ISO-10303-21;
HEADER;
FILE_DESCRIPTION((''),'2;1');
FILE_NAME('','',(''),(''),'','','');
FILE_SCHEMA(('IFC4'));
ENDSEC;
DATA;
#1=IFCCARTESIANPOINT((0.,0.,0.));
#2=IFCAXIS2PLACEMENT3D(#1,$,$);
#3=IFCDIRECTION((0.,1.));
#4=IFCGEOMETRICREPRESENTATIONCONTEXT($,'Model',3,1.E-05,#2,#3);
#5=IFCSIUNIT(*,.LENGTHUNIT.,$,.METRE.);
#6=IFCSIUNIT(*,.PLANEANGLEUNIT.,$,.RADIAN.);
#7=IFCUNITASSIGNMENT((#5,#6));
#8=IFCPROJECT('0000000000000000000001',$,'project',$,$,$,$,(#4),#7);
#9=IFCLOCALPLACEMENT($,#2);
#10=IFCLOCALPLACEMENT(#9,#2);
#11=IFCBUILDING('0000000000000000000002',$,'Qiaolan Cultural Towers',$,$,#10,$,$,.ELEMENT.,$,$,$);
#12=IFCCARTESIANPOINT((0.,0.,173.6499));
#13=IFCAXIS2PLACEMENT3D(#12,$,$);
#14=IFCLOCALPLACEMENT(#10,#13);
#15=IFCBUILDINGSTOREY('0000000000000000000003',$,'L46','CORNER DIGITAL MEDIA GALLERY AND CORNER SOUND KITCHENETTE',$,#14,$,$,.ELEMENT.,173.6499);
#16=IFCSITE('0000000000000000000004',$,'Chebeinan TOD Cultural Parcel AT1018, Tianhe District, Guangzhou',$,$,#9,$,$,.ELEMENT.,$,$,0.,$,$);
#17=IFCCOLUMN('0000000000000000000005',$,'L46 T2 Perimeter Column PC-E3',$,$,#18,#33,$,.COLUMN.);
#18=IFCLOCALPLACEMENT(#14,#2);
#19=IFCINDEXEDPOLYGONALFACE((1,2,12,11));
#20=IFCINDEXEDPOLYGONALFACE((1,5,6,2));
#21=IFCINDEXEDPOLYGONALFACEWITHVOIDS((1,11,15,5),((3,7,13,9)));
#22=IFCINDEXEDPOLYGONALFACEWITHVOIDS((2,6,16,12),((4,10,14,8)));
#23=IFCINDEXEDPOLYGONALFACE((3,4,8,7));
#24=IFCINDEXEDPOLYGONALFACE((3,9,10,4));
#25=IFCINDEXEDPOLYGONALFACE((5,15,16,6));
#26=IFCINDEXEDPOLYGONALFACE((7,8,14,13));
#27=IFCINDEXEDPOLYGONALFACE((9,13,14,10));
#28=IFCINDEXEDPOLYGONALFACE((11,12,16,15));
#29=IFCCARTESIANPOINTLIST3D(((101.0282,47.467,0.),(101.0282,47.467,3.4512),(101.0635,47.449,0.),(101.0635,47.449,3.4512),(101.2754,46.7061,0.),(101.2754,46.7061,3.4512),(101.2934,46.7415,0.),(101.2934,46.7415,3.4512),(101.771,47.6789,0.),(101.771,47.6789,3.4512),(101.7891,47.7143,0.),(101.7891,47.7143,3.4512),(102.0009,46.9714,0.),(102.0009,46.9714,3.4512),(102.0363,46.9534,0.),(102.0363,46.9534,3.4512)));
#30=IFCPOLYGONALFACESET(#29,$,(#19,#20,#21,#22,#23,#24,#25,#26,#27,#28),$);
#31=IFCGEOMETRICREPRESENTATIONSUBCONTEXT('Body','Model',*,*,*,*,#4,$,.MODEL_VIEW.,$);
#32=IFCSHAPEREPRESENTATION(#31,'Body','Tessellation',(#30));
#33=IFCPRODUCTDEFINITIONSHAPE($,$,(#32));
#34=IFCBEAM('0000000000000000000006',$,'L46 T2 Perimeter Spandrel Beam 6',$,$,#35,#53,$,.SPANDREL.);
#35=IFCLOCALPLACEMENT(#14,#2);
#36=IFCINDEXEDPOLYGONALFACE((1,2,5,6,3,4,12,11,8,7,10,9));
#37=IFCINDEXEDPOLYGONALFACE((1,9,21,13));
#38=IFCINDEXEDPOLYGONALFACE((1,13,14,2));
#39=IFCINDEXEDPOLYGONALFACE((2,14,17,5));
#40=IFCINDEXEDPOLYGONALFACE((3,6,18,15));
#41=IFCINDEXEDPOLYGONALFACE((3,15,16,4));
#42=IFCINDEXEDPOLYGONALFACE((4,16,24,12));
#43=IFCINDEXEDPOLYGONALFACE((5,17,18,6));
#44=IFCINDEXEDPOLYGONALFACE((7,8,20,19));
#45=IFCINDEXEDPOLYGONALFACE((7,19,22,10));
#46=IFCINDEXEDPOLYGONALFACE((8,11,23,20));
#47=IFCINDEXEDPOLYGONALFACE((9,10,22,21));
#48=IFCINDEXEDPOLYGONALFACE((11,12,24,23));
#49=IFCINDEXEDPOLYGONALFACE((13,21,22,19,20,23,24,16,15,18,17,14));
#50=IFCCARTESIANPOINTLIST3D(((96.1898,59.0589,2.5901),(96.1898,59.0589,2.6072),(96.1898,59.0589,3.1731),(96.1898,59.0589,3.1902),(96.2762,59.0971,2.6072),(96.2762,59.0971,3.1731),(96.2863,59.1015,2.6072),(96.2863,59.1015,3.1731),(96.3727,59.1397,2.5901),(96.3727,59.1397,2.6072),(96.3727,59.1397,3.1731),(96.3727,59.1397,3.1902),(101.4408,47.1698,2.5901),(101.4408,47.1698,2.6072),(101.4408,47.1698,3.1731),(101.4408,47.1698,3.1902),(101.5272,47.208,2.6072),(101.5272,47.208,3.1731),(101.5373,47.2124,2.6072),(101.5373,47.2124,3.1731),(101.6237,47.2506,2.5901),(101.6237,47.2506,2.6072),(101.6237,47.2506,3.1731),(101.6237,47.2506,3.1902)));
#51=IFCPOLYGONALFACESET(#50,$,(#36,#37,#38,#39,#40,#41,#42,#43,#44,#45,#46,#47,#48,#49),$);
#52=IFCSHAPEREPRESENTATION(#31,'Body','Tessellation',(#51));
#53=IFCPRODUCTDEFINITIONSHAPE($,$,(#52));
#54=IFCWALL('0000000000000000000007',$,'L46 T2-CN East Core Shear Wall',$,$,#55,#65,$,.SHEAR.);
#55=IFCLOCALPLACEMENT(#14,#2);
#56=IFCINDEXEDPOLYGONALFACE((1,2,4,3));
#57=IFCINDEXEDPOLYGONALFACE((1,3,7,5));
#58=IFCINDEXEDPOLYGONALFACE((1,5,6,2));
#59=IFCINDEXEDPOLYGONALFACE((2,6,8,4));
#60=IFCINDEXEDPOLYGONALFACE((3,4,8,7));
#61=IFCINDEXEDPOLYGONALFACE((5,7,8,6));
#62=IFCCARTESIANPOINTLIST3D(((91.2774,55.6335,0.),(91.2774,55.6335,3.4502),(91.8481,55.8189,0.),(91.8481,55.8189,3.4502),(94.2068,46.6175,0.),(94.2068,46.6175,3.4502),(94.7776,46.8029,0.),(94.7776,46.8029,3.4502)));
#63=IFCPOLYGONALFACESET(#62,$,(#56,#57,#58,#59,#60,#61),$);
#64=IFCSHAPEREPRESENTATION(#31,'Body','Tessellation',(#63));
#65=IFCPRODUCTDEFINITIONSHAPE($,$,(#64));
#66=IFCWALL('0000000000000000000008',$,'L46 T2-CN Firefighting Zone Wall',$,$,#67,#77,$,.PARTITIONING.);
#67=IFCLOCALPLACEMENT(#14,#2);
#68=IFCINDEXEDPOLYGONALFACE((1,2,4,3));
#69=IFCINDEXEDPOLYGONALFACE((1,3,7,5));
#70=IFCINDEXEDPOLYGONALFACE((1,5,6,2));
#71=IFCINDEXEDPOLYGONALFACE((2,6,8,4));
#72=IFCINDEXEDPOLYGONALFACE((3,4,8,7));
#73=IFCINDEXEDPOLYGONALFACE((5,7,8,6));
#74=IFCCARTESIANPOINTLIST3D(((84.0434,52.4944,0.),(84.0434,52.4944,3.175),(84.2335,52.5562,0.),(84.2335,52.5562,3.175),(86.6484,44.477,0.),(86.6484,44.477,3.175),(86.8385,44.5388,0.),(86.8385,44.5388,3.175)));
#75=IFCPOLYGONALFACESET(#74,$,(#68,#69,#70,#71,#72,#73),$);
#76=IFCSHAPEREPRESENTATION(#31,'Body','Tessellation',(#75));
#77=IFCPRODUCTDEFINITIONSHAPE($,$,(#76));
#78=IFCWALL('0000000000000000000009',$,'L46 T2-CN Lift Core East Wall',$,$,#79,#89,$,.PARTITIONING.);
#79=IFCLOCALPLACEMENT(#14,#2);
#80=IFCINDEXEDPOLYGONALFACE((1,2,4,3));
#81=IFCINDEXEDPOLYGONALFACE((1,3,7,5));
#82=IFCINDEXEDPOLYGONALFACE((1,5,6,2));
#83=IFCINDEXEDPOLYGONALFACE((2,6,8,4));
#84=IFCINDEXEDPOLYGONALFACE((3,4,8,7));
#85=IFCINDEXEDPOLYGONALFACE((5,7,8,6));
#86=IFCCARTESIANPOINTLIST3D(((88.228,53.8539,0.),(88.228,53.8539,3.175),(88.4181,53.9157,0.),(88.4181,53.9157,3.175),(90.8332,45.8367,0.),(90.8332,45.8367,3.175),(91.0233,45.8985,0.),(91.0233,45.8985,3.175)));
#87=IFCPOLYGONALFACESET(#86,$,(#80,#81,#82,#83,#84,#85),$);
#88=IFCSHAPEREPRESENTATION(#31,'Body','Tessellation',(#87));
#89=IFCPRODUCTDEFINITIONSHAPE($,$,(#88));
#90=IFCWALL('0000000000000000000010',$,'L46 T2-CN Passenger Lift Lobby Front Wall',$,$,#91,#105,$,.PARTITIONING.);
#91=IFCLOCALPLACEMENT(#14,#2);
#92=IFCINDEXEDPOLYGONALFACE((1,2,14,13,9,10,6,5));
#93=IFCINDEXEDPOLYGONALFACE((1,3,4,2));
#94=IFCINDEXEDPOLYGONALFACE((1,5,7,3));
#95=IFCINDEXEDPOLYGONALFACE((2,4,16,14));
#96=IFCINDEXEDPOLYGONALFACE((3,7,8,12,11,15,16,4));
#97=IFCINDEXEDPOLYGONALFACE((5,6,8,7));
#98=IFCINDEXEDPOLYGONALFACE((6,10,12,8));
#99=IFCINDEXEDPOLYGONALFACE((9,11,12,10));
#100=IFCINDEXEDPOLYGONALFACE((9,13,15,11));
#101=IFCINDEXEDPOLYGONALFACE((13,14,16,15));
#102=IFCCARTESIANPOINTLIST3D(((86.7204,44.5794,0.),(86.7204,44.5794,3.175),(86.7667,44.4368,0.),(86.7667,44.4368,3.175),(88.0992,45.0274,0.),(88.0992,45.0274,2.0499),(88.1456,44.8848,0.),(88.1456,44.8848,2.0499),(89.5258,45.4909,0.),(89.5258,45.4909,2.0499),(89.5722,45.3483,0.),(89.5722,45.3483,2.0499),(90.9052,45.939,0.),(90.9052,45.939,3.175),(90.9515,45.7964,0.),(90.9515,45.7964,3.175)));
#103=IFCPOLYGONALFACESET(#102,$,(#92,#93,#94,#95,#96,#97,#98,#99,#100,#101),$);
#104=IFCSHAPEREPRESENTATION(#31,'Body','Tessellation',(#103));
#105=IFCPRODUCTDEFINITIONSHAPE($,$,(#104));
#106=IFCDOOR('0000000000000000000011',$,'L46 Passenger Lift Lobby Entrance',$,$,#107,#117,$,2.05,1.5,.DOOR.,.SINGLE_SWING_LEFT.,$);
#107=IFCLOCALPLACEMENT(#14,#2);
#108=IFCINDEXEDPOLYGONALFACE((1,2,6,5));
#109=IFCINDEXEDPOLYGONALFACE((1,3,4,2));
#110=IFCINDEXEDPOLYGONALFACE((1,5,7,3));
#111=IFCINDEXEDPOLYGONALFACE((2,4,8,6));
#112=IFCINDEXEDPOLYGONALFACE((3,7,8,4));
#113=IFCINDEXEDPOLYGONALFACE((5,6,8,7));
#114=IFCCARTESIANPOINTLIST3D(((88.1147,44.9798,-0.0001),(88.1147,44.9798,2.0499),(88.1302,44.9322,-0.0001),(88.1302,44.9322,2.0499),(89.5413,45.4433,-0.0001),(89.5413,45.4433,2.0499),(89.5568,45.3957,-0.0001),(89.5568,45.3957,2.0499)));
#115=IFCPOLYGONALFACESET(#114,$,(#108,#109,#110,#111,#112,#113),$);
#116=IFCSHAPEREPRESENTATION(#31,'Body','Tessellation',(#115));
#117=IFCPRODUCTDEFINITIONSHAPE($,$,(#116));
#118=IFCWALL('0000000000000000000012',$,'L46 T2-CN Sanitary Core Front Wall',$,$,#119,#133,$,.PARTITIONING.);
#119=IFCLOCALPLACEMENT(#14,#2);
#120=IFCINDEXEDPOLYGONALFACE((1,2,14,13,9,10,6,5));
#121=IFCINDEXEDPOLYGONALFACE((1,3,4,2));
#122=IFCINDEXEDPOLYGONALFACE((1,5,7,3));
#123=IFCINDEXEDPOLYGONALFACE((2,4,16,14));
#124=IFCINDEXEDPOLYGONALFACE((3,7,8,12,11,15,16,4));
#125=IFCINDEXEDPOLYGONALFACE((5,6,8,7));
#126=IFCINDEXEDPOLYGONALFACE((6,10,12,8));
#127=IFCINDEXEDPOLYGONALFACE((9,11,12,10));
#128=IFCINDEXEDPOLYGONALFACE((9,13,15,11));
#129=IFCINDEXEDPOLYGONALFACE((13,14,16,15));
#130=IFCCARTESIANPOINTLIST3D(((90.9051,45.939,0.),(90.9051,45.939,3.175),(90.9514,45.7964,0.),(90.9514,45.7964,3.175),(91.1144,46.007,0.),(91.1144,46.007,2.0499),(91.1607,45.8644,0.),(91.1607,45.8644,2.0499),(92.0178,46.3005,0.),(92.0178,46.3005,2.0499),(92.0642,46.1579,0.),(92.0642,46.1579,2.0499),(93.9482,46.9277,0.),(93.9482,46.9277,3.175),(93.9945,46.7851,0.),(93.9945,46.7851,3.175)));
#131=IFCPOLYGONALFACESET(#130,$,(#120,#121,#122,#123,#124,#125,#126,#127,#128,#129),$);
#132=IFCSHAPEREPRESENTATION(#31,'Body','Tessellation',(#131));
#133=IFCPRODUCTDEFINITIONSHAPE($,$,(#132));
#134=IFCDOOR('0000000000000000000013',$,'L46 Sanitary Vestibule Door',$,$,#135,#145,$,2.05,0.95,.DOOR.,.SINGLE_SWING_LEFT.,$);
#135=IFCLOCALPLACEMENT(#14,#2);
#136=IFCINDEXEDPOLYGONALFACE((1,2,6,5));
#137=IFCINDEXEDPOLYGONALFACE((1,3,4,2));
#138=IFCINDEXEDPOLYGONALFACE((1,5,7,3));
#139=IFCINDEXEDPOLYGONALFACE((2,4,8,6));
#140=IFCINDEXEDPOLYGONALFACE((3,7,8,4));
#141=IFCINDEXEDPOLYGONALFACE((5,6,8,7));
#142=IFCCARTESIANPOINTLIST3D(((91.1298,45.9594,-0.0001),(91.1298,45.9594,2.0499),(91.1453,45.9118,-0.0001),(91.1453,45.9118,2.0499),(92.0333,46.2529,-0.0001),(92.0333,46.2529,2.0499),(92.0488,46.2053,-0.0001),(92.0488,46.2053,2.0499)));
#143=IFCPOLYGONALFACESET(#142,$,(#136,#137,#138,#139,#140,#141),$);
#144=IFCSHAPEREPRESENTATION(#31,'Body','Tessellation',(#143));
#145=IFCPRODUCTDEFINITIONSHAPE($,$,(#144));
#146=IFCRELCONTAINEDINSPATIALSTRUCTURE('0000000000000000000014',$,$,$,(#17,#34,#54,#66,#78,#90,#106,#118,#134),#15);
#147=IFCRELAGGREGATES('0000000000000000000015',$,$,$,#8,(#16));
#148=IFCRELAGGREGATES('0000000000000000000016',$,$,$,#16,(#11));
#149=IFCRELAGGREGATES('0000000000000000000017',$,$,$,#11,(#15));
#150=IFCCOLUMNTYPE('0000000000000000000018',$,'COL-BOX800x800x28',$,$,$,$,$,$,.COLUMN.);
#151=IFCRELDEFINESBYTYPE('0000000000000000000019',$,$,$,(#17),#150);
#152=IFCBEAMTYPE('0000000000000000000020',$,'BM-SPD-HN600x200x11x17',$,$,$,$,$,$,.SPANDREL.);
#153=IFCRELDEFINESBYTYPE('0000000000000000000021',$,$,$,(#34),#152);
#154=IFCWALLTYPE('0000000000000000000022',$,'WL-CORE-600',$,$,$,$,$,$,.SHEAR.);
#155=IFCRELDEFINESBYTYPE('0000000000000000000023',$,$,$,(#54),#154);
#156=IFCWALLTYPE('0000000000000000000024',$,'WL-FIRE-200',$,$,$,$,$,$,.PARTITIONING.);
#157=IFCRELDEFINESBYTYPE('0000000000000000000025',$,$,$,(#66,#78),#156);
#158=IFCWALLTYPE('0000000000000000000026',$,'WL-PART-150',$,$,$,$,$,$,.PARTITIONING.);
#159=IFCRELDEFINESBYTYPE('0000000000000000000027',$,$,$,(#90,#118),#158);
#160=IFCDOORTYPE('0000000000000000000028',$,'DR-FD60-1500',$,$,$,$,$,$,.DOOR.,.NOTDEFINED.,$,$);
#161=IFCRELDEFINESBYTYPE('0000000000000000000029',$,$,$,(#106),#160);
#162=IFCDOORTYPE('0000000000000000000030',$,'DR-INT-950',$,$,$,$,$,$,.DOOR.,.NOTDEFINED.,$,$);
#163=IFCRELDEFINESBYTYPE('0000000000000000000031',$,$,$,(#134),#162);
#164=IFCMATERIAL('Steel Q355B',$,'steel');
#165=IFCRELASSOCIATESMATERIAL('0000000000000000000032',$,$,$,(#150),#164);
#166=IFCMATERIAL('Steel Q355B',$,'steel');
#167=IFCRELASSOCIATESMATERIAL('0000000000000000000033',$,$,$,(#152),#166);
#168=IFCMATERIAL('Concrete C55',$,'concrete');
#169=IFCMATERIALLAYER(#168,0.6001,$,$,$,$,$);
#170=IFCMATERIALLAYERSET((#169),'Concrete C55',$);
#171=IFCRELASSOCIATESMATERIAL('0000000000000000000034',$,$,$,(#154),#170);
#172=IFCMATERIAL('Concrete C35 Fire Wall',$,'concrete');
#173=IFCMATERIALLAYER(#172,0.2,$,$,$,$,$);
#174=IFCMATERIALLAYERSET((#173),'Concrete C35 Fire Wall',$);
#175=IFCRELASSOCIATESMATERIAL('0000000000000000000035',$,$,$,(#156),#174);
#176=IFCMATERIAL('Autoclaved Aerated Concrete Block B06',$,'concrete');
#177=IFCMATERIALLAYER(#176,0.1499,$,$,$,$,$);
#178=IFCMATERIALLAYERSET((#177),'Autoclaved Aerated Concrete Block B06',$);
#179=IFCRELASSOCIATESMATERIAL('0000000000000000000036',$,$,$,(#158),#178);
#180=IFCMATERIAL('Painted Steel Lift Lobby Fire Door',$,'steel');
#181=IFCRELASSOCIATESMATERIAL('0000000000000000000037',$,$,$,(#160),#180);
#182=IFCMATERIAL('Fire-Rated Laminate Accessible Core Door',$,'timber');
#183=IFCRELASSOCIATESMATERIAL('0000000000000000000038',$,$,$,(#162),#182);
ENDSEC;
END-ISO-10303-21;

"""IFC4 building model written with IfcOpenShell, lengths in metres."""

from ifc_helpers import new_model, si_unit, direction, frame, frame_2d, origin, origin_2d, place, context, subcontext, project, spatial, rectangle, hollow_rectangle, i_section, extrude, material, layer, layer_set, material_profile, profile_set, type_object, element, fill, save


model = new_model("IFC4")

# Units and contexts
model_context = context("Model", 3, precision=1e-05, world=origin(), true_north=direction((0.0, 1.0)))
body_context = subcontext(model_context, "Body", "Model", "MODEL_VIEW")
ifc_project = project(units=[si_unit("LENGTHUNIT", "METRE"), si_unit("PLANEANGLEUNIT", "RADIAN")], contexts=[model_context])

# Site, building, storey
site_placement = place(None, origin())
site = spatial("IfcSite", under=ifc_project, at=site_placement, Name="Chebeinan TOD Cultural Parcel AT1018, Tianhe District, Guangzhou", CompositionType="ELEMENT", RefElevation=0.0)
building_placement = place(site_placement, origin())
building = spatial("IfcBuilding", under=site, at=building_placement, Name="Qiaolan Cultural Towers", CompositionType="ELEMENT")
storey_placement = place(building_placement, frame((0.0, 0.0, 173.6499)))
storey = spatial("IfcBuildingStorey", under=building, at=storey_placement, Name="L46", Description="CORNER DIGITAL MEDIA GALLERY AND CORNER SOUND KITCHENETTE", CompositionType="ELEMENT", Elevation=173.6499)

# Column
ifc_material_1 = material(Name="Steel Q355B", Category="steel")
ifc_material_profile_1 = material_profile(ifc_material_1, hollow_rectangle(XDim=0.8, YDim=0.8, WallThickness=0.0281, at=origin_2d()), Name="BOX800x800x28")
ifc_profile_set_1 = profile_set([ifc_material_profile_1], Name="Steel Q355B")
column_type = type_object("IfcColumnType", Name="COL-BOX800x800x28", PredefinedType="COLUMN", material=ifc_profile_set_1)
column_placement = place(storey_placement, frame((101.5322, 47.2102, 0.0), z_axis=(0.0, 0.0, 1.0), x_axis=(0.951057, 0.309017, 0.0)))
element("IfcColumn", 1, at=column_placement, inside=storey, type_object=column_type, Name="L46 T2 Perimeter Column PC-E3", PredefinedType="COLUMN", context=body_context, shape_type="SweptSolid", body=[
    extrude(hollow_rectangle(XDim=0.8, YDim=0.8, WallThickness=0.0281, at=origin_2d()), origin(), (0.0, 0.0, 1.0), 3.4512),
])

# Beam
ifc_material_2 = material(Name="Steel Q355B", Category="steel")
ifc_material_profile_2 = material_profile(ifc_material_2, i_section(OverallWidth=0.2, OverallDepth=0.6001, WebThickness=0.011, FlangeThickness=0.0171, at=origin_2d()), Name="HN600x200x11x17")
ifc_profile_set_2 = profile_set([ifc_material_profile_2], Name="Steel Q355B")
beam_type = type_object("IfcBeamType", Name="BM-SPD-HN600x200x11x17", PredefinedType="SPANDREL", material=ifc_profile_set_2)
beam_placement = place(storey_placement, frame((101.5322, 47.2102, 2.8901), z_axis=(-0.404011, 0.914754, 0.0), x_axis=(-0.914754, -0.404011, 0.0)))
element("IfcBeam", 2, at=beam_placement, inside=storey, type_object=beam_type, Name="L46 T2 Perimeter Spandrel Beam 6", PredefinedType="SPANDREL", context=body_context, shape_type="SweptSolid", body=[
    extrude(i_section(OverallWidth=0.2, OverallDepth=0.6001, WebThickness=0.011, FlangeThickness=0.0171, at=origin_2d()), origin(), (0.0, 0.0, 1.0), 12.9971),
])

# Walls
ifc_material_3 = material(Name="Concrete C55", Category="concrete")
ifc_layer_1 = layer(ifc_material_3, 0.6001)
ifc_layer_set_1 = layer_set([ifc_layer_1], Name="Concrete C55")
wall_type_1 = type_object("IfcWallType", Name="WL-CORE-600", PredefinedType="SHEAR", material=ifc_layer_set_1)
wall_1_placement = place(storey_placement, frame((94.4922, 46.7102, 0.0), z_axis=(0.0, 0.0, 1.0), x_axis=(-0.30901, 0.951059, 0.0)))
element("IfcWall", 3, at=wall_1_placement, inside=storey, type_object=wall_type_1, Name="L46 T2-CN East Core Shear Wall", PredefinedType="SHEAR", context=body_context, shape_type="SweptSolid", body=[
    extrude(rectangle(XDim=9.48, YDim=0.6001, at=frame_2d((4.74, 0.0))), origin(), (0.0, 0.0, 1.0), 3.4502),
])
ifc_material_4 = material(Name="Concrete C35 Fire Wall", Category="concrete")
ifc_layer_2 = layer(ifc_material_4, 0.2)
ifc_layer_set_2 = layer_set([ifc_layer_2], Name="Concrete C35 Fire Wall")
wall_type_2 = type_object("IfcWallType", Name="WL-FIRE-200", PredefinedType="PARTITIONING", material=ifc_layer_set_2)
for number, where, z_axis, x_axis, name in (
    (4, (86.7434, 44.5081, 0.0), (0.0, 0.0, 1.0), (-0.309016, 0.951057, 0.0), "L46 T2-CN Firefighting Zone Wall"),
    (5, (90.9282, 45.8677, 0.0), (0.0, 0.0, 1.0), (-0.309042, 0.951048, 0.0), "L46 T2-CN Lift Core East Wall"),
):
    element("IfcWall", number, at=place(storey_placement, frame(where, z_axis=z_axis, x_axis=x_axis)), inside=storey, type_object=wall_type_2, Name=name, PredefinedType="PARTITIONING", context=body_context, shape_type="SweptSolid", body=[
        extrude(rectangle(XDim=8.4299, YDim=0.2, at=frame_2d((4.2148, 0.0))), origin(), (0.0, 0.0, 1.0), 3.175),
    ])

# Walls, openings, doors
ifc_material_5 = material(Name="Autoclaved Aerated Concrete Block B06", Category="concrete")
ifc_layer_3 = layer(ifc_material_5, 0.1499)
ifc_layer_set_3 = layer_set([ifc_layer_3], Name="Autoclaved Aerated Concrete Block B06")
wall_type_3 = type_object("IfcWallType", Name="WL-PART-150", PredefinedType="PARTITIONING", material=ifc_layer_set_3)
wall_2_placement = place(storey_placement, frame((86.7434, 44.5081, 0.0), z_axis=(0.0, 0.0, 1.0), x_axis=(0.951064, 0.308994, 0.0)))
wall_2 = element("IfcWall", 6, at=wall_2_placement, inside=storey, type_object=wall_type_3, Name="L46 T2-CN Passenger Lift Lobby Front Wall", PredefinedType="PARTITIONING", context=body_context, shape_type="SweptSolid", body=[
    extrude(rectangle(XDim=4.4001, YDim=0.1499, at=frame_2d((2.2002, 0.0))), origin(), (0.0, 0.0, 1.0), 3.175),
])
opening_1_placement = place(wall_2_placement, frame((1.45, 0.0, 0.0)))
opening_1 = element("IfcOpeningElement", 7, at=opening_1_placement, cuts=wall_2, PredefinedType="OPENING", context=body_context, shape_type="SweptSolid", body=[
    extrude(rectangle(XDim=1.5, YDim=2.05, at=frame_2d((0.75, 1.0249))), frame((0.0, 0.085, 0.0), z_axis=(0.0, -1.0, 0.0), x_axis=(1.0, 0.0, 0.0)), (0.0, 0.0, 1.0), 0.1699),
])
ifc_material_6 = material(Name="Painted Steel Lift Lobby Fire Door", Category="steel")
door_type_1 = type_object("IfcDoorType", Name="DR-FD60-1500", OperationType="NOTDEFINED", PredefinedType="DOOR", material=ifc_material_6)
door_1_placement = place(opening_1_placement, origin())
door_1 = element("IfcDoor", 8, at=door_1_placement, inside=storey, type_object=door_type_1, Name="L46 Passenger Lift Lobby Entrance", OperationType="SINGLE_SWING_LEFT", OverallHeight=2.05, OverallWidth=1.5, PredefinedType="DOOR", context=body_context, shape_type="SweptSolid", body=[
    extrude(rectangle(XDim=1.5, YDim=2.05, at=frame_2d((0.75, 1.0249))), frame((0.0, 0.0249, 0.0), z_axis=(0.0, -1.0, 0.0), x_axis=(1.0, 0.0, 0.0)), (0.0, 0.0, 1.0), 0.05),
])
fill(opening_1, door_1)
wall_3_placement = place(storey_placement, frame((90.9282, 45.8677, 0.0), z_axis=(0.0, 0.0, 1.0), x_axis=(0.951059, 0.309008, 0.0)))
wall_3 = element("IfcWall", 9, at=wall_3_placement, inside=storey, type_object=wall_type_3, Name="L46 T2-CN Sanitary Core Front Wall", PredefinedType="PARTITIONING", context=body_context, shape_type="SweptSolid", body=[
    extrude(rectangle(XDim=3.1997, YDim=0.1499, at=frame_2d((1.5999, 0.0))), origin(), (0.0, 0.0, 1.0), 3.175),
])
opening_2_placement = place(wall_3_placement, frame((0.22, 0.0, 0.0)))
opening_2 = element("IfcOpeningElement", 10, at=opening_2_placement, cuts=wall_3, PredefinedType="OPENING", context=body_context, shape_type="SweptSolid", body=[
    extrude(rectangle(XDim=0.95, YDim=2.05, at=frame_2d((0.4751, 1.0249))), frame((0.0, 0.085, 0.0), z_axis=(0.0, -1.0, 0.0), x_axis=(1.0, 0.0, 0.0)), (0.0, 0.0, 1.0), 0.1699),
])
ifc_material_7 = material(Name="Fire-Rated Laminate Accessible Core Door", Category="timber")
door_type_2 = type_object("IfcDoorType", Name="DR-INT-950", OperationType="NOTDEFINED", PredefinedType="DOOR", material=ifc_material_7)
door_2_placement = place(opening_2_placement, origin())
door_2 = element("IfcDoor", 11, at=door_2_placement, inside=storey, type_object=door_type_2, Name="L46 Sanitary Vestibule Door", OperationType="SINGLE_SWING_LEFT", OverallHeight=2.05, OverallWidth=0.95, PredefinedType="DOOR", context=body_context, shape_type="SweptSolid", body=[
    extrude(rectangle(XDim=0.95, YDim=2.05, at=frame_2d((0.4751, 1.0249))), frame((0.0, 0.0249, 0.0), z_axis=(0.0, -1.0, 0.0), x_axis=(1.0, 0.0, 0.0)), (0.0, 0.0, 1.0), 0.05),
])
fill(opening_2, door_2)

save(model, "model.ifc")
